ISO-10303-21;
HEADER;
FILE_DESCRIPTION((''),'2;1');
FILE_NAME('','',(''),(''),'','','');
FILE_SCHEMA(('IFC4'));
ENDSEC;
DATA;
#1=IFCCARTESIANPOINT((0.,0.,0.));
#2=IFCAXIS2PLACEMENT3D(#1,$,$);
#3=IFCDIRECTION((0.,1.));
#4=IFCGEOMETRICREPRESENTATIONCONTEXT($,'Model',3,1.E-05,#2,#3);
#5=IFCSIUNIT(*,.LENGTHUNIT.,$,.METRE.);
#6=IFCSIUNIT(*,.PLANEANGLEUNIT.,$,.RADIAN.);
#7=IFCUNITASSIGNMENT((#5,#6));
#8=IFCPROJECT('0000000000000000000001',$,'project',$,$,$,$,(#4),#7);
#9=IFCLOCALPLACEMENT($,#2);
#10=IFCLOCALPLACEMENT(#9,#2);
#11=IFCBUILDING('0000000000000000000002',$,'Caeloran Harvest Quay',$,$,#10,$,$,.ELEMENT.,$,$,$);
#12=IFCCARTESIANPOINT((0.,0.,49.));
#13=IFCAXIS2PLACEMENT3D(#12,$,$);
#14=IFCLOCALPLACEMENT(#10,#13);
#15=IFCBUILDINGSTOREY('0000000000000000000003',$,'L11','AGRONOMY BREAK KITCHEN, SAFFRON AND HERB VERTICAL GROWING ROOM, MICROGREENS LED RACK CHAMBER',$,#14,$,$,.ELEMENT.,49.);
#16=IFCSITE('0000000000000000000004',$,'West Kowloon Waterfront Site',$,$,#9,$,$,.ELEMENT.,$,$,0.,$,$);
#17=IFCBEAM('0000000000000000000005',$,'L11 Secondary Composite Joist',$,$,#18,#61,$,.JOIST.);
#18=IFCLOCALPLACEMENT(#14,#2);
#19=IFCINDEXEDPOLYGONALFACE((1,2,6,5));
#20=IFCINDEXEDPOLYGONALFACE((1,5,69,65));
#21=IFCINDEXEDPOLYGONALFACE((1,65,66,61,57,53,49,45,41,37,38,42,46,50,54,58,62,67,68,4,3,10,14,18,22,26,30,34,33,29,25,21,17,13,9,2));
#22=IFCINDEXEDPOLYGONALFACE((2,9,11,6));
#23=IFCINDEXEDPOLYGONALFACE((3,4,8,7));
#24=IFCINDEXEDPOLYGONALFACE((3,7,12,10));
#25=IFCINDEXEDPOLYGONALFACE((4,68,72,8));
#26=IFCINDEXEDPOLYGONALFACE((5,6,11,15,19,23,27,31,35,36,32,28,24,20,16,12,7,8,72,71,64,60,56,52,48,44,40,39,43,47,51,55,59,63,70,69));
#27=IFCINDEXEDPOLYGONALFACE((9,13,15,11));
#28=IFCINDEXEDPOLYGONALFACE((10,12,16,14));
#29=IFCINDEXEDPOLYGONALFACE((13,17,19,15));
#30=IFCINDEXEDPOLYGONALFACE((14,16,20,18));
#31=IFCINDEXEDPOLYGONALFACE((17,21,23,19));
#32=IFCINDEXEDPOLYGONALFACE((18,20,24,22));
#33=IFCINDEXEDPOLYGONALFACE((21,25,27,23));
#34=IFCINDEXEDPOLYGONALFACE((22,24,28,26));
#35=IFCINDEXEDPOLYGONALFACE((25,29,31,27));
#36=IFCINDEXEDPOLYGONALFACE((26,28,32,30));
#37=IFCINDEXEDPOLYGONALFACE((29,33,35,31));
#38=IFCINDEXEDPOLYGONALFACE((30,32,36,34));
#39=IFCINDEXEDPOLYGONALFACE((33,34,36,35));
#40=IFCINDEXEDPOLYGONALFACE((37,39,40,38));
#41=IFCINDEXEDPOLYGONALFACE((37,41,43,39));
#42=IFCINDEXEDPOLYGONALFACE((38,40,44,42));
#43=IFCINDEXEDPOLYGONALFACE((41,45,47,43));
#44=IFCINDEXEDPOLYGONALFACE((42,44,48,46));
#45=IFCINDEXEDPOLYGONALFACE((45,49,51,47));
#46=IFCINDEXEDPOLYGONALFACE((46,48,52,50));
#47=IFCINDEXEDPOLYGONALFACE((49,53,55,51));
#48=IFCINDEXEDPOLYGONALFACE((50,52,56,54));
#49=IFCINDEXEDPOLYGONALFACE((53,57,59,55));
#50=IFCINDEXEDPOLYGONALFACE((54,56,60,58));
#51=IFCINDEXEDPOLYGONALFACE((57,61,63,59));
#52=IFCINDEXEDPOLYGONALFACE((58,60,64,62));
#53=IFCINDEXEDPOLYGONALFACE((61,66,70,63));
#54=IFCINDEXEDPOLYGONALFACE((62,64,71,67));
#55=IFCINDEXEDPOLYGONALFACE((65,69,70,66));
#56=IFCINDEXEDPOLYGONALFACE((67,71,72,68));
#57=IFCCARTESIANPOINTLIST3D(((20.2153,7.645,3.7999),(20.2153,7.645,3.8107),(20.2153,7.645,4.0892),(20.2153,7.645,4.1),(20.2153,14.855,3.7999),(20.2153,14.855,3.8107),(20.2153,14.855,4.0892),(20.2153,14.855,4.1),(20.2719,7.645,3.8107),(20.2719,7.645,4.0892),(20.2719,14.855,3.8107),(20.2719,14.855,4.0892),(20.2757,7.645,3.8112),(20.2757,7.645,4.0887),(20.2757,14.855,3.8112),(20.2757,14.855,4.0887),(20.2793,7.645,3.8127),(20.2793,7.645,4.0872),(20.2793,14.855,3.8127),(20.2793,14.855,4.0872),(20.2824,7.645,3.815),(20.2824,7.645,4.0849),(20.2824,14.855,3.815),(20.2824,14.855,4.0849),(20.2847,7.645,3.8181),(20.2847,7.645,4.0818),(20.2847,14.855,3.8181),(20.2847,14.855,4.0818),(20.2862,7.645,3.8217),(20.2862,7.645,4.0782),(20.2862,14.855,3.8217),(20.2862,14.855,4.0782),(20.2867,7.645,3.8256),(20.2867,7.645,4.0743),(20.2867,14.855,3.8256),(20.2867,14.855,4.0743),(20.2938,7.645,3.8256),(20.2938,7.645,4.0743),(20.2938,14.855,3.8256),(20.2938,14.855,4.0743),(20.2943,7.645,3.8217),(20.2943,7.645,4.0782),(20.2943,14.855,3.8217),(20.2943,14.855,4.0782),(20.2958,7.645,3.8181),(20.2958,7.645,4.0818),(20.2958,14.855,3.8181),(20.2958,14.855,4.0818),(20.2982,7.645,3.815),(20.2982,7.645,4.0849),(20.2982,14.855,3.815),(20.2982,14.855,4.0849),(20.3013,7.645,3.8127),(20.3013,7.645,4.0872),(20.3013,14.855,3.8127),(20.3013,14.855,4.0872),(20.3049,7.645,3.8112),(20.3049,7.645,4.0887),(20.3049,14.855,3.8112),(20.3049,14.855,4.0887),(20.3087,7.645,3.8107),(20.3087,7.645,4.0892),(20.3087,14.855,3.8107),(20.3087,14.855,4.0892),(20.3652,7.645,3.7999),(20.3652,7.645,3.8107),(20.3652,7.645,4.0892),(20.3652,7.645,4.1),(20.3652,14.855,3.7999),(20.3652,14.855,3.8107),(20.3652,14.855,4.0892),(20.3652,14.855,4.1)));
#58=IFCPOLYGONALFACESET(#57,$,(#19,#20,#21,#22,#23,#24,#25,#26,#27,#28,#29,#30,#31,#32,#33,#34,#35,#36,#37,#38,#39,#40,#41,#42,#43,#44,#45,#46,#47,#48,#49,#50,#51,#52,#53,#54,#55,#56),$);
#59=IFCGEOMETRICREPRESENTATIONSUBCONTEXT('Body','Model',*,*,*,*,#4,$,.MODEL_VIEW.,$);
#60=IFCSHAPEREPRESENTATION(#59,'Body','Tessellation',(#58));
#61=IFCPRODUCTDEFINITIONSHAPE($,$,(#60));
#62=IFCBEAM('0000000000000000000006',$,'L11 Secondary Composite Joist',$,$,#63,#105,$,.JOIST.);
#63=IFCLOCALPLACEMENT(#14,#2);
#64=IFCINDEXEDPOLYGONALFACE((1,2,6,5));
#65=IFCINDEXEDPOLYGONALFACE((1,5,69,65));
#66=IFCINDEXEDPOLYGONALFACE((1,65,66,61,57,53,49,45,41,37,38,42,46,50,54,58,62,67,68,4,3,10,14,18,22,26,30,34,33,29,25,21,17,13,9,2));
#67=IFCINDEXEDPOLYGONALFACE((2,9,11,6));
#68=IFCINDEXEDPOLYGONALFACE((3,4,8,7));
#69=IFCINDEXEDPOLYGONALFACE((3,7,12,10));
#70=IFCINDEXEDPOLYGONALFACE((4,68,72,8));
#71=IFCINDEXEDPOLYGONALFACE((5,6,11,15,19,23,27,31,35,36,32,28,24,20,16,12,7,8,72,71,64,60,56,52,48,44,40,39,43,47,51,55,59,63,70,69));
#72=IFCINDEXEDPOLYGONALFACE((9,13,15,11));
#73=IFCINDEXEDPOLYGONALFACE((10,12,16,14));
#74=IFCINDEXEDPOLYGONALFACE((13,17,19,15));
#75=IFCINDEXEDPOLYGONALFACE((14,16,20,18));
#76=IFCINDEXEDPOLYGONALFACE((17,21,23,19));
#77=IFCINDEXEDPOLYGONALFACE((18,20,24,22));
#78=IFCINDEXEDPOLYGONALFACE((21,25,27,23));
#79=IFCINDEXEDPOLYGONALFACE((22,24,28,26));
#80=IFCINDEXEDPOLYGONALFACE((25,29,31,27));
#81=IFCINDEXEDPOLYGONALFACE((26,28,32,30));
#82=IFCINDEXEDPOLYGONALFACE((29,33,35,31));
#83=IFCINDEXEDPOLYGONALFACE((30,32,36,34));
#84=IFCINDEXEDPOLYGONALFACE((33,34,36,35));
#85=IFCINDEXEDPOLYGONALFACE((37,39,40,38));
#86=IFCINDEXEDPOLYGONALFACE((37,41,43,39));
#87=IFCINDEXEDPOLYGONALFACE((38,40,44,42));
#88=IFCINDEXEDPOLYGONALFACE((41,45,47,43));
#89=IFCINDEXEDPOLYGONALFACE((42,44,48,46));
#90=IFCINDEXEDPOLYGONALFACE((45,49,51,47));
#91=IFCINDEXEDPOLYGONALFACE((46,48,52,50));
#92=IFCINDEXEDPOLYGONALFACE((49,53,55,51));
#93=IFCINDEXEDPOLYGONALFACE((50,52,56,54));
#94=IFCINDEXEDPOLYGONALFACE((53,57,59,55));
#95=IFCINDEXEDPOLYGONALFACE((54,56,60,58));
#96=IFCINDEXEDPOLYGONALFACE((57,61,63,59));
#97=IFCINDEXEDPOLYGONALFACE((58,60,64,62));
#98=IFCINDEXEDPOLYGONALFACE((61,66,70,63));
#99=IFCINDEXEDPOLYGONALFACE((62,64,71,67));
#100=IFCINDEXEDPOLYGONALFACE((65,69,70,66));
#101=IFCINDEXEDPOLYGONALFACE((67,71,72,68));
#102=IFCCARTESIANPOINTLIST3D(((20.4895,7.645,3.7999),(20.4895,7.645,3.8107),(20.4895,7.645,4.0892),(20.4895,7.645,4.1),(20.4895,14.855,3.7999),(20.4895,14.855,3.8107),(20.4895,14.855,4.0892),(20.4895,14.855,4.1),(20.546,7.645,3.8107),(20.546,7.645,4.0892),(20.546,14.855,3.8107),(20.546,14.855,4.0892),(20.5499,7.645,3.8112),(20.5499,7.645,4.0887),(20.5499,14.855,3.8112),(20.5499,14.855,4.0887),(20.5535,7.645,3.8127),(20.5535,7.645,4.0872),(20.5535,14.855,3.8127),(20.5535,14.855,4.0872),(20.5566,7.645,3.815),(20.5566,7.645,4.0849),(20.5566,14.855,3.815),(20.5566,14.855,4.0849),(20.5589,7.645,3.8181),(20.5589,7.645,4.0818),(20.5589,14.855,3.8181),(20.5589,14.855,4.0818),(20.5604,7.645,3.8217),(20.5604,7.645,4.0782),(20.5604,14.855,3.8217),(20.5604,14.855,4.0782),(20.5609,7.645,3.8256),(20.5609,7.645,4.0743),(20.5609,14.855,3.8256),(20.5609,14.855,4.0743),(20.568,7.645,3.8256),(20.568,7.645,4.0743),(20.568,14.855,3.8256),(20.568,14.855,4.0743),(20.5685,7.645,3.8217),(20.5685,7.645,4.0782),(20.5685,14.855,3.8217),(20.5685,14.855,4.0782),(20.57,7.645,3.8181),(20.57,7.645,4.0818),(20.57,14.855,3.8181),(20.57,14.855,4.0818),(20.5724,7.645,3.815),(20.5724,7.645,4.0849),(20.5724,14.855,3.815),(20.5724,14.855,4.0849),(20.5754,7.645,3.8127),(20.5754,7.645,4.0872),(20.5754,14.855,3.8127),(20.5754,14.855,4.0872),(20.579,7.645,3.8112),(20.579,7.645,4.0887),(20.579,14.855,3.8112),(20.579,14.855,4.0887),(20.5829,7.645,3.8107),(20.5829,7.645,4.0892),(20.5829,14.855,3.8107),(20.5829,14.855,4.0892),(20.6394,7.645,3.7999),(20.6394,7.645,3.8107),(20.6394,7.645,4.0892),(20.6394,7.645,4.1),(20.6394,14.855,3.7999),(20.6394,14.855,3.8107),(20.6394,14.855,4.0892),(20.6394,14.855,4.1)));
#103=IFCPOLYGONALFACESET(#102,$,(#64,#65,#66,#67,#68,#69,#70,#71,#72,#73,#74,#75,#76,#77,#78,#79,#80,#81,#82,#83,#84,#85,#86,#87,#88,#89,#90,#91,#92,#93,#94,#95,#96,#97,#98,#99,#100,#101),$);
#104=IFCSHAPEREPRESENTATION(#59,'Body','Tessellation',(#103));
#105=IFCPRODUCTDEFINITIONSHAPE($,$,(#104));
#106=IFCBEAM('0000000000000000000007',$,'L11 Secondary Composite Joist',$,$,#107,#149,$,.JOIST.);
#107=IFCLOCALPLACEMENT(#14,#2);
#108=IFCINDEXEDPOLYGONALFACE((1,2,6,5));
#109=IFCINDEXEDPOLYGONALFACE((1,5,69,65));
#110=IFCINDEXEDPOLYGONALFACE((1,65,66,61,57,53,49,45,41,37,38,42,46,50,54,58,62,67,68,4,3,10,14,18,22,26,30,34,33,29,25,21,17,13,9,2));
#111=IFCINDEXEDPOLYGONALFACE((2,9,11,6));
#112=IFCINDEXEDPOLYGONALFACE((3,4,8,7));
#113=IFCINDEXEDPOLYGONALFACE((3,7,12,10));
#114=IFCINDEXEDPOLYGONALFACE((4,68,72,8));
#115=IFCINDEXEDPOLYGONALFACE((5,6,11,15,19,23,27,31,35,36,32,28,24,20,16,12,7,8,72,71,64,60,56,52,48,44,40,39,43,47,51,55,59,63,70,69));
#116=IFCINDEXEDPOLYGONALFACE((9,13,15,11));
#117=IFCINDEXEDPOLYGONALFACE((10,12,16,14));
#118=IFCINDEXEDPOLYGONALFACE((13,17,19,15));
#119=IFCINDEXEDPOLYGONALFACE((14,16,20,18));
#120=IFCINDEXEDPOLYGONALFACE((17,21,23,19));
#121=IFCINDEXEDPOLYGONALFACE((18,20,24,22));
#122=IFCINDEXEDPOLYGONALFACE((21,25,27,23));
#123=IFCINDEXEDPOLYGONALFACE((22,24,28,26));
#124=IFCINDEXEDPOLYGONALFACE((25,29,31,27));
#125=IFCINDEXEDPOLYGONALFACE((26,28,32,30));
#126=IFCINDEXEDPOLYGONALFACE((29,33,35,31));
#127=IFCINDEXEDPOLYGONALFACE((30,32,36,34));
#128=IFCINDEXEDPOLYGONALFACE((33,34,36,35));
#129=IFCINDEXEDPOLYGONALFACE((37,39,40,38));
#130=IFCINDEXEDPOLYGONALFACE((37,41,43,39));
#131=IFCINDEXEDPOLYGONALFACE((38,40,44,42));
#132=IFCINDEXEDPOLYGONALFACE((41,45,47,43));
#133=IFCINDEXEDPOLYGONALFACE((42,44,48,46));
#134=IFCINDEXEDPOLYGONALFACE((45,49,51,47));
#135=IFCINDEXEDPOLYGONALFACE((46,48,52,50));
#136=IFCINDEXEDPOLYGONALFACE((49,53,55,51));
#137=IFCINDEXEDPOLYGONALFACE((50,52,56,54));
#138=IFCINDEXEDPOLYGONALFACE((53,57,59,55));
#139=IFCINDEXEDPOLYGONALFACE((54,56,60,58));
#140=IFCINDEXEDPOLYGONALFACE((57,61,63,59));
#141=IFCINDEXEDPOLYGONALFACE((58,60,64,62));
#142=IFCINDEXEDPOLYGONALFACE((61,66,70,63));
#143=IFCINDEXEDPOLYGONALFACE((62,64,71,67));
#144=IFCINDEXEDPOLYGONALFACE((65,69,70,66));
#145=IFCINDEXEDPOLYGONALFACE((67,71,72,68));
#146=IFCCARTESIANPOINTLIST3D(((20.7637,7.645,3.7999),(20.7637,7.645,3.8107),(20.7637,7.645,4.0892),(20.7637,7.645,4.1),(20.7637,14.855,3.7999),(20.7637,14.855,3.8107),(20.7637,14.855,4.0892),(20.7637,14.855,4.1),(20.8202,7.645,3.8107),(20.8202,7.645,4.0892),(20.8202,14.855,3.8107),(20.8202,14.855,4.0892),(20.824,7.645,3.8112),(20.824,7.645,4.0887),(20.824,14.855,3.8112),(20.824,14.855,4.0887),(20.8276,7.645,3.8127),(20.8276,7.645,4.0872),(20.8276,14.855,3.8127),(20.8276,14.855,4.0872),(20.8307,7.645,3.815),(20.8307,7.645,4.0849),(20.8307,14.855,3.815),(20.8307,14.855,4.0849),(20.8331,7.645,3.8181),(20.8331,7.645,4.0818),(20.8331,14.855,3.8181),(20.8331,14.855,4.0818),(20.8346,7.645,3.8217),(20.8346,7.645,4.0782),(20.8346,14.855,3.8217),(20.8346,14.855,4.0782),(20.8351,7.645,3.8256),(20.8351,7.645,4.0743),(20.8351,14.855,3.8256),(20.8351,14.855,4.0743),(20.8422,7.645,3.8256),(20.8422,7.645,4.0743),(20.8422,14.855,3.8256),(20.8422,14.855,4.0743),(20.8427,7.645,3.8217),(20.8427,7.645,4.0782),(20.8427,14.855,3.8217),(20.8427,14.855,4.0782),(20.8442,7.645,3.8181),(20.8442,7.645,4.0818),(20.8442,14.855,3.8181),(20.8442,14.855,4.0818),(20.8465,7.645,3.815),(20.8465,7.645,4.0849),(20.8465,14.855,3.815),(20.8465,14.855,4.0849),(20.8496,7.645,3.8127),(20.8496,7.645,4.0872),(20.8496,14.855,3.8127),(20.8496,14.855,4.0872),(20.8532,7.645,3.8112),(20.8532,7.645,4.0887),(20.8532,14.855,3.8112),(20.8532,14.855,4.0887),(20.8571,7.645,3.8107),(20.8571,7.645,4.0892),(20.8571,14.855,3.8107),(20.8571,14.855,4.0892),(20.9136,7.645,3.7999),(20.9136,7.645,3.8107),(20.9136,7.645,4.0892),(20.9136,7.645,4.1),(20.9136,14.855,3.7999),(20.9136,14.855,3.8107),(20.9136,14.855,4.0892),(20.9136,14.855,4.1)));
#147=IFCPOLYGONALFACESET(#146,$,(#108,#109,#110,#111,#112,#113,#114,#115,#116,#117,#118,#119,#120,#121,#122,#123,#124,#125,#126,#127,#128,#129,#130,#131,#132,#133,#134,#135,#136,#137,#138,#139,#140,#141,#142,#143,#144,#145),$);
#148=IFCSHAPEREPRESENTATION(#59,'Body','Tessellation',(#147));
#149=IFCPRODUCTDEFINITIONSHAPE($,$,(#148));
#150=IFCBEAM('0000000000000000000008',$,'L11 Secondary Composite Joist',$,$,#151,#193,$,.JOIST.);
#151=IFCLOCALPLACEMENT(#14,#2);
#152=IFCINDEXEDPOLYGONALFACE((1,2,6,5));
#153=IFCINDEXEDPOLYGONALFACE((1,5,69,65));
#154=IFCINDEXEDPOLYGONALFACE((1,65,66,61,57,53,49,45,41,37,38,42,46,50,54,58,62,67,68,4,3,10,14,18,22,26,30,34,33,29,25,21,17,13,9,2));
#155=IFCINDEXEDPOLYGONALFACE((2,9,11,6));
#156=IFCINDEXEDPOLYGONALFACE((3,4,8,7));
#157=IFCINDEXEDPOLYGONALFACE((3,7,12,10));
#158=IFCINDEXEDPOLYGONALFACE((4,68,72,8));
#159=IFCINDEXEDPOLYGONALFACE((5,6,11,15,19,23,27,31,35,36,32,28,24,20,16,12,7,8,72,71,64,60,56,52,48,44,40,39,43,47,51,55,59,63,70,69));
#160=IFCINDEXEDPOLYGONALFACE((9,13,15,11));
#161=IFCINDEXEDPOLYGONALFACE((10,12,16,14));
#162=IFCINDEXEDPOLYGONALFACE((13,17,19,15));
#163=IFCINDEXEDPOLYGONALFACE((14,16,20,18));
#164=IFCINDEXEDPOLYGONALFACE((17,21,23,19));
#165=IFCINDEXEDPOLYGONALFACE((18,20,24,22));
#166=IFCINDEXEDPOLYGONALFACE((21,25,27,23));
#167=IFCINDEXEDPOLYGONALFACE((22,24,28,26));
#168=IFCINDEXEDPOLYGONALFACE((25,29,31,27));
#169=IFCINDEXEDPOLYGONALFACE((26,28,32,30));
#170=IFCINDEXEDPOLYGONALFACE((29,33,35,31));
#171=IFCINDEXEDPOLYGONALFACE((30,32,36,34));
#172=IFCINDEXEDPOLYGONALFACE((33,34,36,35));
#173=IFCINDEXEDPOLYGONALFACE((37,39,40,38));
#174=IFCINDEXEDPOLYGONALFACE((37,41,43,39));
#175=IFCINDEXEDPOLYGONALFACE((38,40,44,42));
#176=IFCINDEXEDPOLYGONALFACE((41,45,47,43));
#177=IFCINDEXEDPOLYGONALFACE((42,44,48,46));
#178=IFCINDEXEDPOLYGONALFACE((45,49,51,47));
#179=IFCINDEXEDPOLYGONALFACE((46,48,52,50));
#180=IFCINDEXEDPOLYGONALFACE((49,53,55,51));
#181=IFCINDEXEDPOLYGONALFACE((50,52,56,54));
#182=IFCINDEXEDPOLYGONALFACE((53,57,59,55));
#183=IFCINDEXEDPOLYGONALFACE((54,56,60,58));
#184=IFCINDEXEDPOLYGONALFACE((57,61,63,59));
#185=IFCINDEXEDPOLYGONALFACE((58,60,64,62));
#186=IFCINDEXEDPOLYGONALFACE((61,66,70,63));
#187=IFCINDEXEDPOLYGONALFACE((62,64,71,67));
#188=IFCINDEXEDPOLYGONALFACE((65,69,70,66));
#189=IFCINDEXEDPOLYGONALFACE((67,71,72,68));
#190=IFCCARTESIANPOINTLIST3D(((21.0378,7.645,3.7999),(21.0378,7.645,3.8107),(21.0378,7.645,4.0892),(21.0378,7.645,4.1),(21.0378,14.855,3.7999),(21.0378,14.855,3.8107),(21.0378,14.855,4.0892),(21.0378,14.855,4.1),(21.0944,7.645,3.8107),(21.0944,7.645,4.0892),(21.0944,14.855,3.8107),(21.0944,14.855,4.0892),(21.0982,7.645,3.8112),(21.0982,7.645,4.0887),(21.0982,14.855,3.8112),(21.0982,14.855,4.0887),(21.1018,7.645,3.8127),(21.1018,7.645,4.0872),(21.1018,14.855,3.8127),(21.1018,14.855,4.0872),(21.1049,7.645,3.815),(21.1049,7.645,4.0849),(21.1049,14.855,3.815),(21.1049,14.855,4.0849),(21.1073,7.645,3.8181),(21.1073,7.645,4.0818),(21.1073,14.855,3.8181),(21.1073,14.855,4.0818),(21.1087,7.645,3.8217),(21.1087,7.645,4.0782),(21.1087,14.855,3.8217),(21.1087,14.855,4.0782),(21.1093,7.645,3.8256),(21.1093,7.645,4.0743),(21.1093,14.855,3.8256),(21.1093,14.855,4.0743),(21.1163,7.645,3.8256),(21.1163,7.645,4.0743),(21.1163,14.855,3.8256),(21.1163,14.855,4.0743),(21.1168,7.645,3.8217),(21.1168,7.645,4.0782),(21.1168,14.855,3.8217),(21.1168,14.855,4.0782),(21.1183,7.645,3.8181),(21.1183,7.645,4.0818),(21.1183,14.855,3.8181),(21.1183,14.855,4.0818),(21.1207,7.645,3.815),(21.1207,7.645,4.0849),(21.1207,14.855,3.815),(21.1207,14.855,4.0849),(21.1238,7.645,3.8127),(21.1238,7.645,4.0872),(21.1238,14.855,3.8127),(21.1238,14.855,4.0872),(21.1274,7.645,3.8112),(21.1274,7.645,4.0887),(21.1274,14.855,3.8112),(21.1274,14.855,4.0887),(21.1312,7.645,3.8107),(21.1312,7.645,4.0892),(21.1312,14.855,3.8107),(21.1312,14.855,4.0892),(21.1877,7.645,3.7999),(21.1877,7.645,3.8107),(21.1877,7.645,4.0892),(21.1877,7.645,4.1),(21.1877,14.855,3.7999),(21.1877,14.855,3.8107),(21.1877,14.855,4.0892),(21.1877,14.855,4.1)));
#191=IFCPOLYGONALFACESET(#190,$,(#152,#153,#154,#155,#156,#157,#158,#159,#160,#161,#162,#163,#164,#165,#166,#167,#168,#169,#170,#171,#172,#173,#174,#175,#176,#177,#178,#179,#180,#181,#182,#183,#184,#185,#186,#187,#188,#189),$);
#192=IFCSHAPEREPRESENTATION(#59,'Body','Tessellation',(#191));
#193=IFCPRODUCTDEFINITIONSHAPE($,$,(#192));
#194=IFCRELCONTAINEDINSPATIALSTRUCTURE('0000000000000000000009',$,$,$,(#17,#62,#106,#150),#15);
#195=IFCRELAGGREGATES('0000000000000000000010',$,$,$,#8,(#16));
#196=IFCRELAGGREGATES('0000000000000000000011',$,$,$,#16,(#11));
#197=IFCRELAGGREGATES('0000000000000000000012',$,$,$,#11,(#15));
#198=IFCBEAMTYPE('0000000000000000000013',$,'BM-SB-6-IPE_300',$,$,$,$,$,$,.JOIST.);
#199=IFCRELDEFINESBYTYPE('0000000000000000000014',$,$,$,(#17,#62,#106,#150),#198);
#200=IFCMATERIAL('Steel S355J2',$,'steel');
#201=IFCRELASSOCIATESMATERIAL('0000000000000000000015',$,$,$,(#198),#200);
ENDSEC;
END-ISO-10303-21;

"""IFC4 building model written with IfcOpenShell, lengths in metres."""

from ifc_helpers import new_model, si_unit, direction, frame, origin, origin_2d, place, context, subcontext, project, spatial, i_section, extrude, material, material_profile, profile_set, type_object, element, save


model = new_model("IFC4")

# Units and contexts
model_context = context("Model", 3, precision=1e-05, world=origin(), true_north=direction((0.0, 1.0)))
body_context = subcontext(model_context, "Body", "Model", "MODEL_VIEW")
ifc_project = project(units=[si_unit("LENGTHUNIT", "METRE"), si_unit("PLANEANGLEUNIT", "RADIAN")], contexts=[model_context])

# Site, building, storey
site_placement = place(None, origin())
site = spatial("IfcSite", under=ifc_project, at=site_placement, Name="West Kowloon Waterfront Site", CompositionType="ELEMENT", RefElevation=0.0)
building_placement = place(site_placement, origin())
building = spatial("IfcBuilding", under=site, at=building_placement, Name="Caeloran Harvest Quay", CompositionType="ELEMENT")
storey_placement = place(building_placement, frame((0.0, 0.0, 49.0)))
storey = spatial("IfcBuildingStorey", under=building, at=storey_placement, Name="L11", Description="AGRONOMY BREAK KITCHEN, SAFFRON AND HERB VERTICAL GROWING ROOM, MICROGREENS LED RACK CHAMBER", CompositionType="ELEMENT", Elevation=49.0)

# Beams
ifc_material_1 = material(Name="Steel S355J2", Category="steel")
ifc_material_profile_1 = material_profile(ifc_material_1, i_section(OverallWidth=0.1499, OverallDepth=0.3, WebThickness=0.0071, FlangeThickness=0.0107, FilletRadius=0.0149, at=origin_2d()), Name="IPE 300")
ifc_profile_set_1 = profile_set([ifc_material_profile_1], Name="Steel S355J2")
beam_type_1 = type_object("IfcBeamType", Name="BM-SB-6-IPE_300", PredefinedType="JOIST", material=ifc_profile_set_1)
for number, where, z_axis, x_axis, name in (
    (1, (20.2903, 7.645, 3.95), (0.0, 1.0, 0.0), (-1.0, 0.0, 0.0), "L11 Secondary Composite Joist"),
    (2, (20.5645, 7.645, 3.95), (0.0, 1.0, 0.0), (-1.0, 0.0, 0.0), "L11 Secondary Composite Joist"),
    (3, (20.8386, 7.645, 3.95), (0.0, 1.0, 0.0), (-1.0, 0.0, 0.0), "L11 Secondary Composite Joist"),
    (4, (21.1128, 7.645, 3.95), (0.0, 1.0, 0.0), (-1.0, 0.0, 0.0), "L11 Secondary Composite Joist"),
):
    element("IfcBeam", number, at=place(storey_placement, frame(where, z_axis=z_axis, x_axis=x_axis)), inside=storey, type_object=beam_type_1, Name=name, PredefinedType="JOIST", context=body_context, shape_type="SweptSolid", body=[
        extrude(i_section(OverallWidth=0.1499, OverallDepth=0.3, WebThickness=0.0071, FlangeThickness=0.0107, FilletRadius=0.0149, at=origin_2d()), origin(), (0.0, 0.0, 1.0), 7.21),
    ])

save(model, "model.ifc")
